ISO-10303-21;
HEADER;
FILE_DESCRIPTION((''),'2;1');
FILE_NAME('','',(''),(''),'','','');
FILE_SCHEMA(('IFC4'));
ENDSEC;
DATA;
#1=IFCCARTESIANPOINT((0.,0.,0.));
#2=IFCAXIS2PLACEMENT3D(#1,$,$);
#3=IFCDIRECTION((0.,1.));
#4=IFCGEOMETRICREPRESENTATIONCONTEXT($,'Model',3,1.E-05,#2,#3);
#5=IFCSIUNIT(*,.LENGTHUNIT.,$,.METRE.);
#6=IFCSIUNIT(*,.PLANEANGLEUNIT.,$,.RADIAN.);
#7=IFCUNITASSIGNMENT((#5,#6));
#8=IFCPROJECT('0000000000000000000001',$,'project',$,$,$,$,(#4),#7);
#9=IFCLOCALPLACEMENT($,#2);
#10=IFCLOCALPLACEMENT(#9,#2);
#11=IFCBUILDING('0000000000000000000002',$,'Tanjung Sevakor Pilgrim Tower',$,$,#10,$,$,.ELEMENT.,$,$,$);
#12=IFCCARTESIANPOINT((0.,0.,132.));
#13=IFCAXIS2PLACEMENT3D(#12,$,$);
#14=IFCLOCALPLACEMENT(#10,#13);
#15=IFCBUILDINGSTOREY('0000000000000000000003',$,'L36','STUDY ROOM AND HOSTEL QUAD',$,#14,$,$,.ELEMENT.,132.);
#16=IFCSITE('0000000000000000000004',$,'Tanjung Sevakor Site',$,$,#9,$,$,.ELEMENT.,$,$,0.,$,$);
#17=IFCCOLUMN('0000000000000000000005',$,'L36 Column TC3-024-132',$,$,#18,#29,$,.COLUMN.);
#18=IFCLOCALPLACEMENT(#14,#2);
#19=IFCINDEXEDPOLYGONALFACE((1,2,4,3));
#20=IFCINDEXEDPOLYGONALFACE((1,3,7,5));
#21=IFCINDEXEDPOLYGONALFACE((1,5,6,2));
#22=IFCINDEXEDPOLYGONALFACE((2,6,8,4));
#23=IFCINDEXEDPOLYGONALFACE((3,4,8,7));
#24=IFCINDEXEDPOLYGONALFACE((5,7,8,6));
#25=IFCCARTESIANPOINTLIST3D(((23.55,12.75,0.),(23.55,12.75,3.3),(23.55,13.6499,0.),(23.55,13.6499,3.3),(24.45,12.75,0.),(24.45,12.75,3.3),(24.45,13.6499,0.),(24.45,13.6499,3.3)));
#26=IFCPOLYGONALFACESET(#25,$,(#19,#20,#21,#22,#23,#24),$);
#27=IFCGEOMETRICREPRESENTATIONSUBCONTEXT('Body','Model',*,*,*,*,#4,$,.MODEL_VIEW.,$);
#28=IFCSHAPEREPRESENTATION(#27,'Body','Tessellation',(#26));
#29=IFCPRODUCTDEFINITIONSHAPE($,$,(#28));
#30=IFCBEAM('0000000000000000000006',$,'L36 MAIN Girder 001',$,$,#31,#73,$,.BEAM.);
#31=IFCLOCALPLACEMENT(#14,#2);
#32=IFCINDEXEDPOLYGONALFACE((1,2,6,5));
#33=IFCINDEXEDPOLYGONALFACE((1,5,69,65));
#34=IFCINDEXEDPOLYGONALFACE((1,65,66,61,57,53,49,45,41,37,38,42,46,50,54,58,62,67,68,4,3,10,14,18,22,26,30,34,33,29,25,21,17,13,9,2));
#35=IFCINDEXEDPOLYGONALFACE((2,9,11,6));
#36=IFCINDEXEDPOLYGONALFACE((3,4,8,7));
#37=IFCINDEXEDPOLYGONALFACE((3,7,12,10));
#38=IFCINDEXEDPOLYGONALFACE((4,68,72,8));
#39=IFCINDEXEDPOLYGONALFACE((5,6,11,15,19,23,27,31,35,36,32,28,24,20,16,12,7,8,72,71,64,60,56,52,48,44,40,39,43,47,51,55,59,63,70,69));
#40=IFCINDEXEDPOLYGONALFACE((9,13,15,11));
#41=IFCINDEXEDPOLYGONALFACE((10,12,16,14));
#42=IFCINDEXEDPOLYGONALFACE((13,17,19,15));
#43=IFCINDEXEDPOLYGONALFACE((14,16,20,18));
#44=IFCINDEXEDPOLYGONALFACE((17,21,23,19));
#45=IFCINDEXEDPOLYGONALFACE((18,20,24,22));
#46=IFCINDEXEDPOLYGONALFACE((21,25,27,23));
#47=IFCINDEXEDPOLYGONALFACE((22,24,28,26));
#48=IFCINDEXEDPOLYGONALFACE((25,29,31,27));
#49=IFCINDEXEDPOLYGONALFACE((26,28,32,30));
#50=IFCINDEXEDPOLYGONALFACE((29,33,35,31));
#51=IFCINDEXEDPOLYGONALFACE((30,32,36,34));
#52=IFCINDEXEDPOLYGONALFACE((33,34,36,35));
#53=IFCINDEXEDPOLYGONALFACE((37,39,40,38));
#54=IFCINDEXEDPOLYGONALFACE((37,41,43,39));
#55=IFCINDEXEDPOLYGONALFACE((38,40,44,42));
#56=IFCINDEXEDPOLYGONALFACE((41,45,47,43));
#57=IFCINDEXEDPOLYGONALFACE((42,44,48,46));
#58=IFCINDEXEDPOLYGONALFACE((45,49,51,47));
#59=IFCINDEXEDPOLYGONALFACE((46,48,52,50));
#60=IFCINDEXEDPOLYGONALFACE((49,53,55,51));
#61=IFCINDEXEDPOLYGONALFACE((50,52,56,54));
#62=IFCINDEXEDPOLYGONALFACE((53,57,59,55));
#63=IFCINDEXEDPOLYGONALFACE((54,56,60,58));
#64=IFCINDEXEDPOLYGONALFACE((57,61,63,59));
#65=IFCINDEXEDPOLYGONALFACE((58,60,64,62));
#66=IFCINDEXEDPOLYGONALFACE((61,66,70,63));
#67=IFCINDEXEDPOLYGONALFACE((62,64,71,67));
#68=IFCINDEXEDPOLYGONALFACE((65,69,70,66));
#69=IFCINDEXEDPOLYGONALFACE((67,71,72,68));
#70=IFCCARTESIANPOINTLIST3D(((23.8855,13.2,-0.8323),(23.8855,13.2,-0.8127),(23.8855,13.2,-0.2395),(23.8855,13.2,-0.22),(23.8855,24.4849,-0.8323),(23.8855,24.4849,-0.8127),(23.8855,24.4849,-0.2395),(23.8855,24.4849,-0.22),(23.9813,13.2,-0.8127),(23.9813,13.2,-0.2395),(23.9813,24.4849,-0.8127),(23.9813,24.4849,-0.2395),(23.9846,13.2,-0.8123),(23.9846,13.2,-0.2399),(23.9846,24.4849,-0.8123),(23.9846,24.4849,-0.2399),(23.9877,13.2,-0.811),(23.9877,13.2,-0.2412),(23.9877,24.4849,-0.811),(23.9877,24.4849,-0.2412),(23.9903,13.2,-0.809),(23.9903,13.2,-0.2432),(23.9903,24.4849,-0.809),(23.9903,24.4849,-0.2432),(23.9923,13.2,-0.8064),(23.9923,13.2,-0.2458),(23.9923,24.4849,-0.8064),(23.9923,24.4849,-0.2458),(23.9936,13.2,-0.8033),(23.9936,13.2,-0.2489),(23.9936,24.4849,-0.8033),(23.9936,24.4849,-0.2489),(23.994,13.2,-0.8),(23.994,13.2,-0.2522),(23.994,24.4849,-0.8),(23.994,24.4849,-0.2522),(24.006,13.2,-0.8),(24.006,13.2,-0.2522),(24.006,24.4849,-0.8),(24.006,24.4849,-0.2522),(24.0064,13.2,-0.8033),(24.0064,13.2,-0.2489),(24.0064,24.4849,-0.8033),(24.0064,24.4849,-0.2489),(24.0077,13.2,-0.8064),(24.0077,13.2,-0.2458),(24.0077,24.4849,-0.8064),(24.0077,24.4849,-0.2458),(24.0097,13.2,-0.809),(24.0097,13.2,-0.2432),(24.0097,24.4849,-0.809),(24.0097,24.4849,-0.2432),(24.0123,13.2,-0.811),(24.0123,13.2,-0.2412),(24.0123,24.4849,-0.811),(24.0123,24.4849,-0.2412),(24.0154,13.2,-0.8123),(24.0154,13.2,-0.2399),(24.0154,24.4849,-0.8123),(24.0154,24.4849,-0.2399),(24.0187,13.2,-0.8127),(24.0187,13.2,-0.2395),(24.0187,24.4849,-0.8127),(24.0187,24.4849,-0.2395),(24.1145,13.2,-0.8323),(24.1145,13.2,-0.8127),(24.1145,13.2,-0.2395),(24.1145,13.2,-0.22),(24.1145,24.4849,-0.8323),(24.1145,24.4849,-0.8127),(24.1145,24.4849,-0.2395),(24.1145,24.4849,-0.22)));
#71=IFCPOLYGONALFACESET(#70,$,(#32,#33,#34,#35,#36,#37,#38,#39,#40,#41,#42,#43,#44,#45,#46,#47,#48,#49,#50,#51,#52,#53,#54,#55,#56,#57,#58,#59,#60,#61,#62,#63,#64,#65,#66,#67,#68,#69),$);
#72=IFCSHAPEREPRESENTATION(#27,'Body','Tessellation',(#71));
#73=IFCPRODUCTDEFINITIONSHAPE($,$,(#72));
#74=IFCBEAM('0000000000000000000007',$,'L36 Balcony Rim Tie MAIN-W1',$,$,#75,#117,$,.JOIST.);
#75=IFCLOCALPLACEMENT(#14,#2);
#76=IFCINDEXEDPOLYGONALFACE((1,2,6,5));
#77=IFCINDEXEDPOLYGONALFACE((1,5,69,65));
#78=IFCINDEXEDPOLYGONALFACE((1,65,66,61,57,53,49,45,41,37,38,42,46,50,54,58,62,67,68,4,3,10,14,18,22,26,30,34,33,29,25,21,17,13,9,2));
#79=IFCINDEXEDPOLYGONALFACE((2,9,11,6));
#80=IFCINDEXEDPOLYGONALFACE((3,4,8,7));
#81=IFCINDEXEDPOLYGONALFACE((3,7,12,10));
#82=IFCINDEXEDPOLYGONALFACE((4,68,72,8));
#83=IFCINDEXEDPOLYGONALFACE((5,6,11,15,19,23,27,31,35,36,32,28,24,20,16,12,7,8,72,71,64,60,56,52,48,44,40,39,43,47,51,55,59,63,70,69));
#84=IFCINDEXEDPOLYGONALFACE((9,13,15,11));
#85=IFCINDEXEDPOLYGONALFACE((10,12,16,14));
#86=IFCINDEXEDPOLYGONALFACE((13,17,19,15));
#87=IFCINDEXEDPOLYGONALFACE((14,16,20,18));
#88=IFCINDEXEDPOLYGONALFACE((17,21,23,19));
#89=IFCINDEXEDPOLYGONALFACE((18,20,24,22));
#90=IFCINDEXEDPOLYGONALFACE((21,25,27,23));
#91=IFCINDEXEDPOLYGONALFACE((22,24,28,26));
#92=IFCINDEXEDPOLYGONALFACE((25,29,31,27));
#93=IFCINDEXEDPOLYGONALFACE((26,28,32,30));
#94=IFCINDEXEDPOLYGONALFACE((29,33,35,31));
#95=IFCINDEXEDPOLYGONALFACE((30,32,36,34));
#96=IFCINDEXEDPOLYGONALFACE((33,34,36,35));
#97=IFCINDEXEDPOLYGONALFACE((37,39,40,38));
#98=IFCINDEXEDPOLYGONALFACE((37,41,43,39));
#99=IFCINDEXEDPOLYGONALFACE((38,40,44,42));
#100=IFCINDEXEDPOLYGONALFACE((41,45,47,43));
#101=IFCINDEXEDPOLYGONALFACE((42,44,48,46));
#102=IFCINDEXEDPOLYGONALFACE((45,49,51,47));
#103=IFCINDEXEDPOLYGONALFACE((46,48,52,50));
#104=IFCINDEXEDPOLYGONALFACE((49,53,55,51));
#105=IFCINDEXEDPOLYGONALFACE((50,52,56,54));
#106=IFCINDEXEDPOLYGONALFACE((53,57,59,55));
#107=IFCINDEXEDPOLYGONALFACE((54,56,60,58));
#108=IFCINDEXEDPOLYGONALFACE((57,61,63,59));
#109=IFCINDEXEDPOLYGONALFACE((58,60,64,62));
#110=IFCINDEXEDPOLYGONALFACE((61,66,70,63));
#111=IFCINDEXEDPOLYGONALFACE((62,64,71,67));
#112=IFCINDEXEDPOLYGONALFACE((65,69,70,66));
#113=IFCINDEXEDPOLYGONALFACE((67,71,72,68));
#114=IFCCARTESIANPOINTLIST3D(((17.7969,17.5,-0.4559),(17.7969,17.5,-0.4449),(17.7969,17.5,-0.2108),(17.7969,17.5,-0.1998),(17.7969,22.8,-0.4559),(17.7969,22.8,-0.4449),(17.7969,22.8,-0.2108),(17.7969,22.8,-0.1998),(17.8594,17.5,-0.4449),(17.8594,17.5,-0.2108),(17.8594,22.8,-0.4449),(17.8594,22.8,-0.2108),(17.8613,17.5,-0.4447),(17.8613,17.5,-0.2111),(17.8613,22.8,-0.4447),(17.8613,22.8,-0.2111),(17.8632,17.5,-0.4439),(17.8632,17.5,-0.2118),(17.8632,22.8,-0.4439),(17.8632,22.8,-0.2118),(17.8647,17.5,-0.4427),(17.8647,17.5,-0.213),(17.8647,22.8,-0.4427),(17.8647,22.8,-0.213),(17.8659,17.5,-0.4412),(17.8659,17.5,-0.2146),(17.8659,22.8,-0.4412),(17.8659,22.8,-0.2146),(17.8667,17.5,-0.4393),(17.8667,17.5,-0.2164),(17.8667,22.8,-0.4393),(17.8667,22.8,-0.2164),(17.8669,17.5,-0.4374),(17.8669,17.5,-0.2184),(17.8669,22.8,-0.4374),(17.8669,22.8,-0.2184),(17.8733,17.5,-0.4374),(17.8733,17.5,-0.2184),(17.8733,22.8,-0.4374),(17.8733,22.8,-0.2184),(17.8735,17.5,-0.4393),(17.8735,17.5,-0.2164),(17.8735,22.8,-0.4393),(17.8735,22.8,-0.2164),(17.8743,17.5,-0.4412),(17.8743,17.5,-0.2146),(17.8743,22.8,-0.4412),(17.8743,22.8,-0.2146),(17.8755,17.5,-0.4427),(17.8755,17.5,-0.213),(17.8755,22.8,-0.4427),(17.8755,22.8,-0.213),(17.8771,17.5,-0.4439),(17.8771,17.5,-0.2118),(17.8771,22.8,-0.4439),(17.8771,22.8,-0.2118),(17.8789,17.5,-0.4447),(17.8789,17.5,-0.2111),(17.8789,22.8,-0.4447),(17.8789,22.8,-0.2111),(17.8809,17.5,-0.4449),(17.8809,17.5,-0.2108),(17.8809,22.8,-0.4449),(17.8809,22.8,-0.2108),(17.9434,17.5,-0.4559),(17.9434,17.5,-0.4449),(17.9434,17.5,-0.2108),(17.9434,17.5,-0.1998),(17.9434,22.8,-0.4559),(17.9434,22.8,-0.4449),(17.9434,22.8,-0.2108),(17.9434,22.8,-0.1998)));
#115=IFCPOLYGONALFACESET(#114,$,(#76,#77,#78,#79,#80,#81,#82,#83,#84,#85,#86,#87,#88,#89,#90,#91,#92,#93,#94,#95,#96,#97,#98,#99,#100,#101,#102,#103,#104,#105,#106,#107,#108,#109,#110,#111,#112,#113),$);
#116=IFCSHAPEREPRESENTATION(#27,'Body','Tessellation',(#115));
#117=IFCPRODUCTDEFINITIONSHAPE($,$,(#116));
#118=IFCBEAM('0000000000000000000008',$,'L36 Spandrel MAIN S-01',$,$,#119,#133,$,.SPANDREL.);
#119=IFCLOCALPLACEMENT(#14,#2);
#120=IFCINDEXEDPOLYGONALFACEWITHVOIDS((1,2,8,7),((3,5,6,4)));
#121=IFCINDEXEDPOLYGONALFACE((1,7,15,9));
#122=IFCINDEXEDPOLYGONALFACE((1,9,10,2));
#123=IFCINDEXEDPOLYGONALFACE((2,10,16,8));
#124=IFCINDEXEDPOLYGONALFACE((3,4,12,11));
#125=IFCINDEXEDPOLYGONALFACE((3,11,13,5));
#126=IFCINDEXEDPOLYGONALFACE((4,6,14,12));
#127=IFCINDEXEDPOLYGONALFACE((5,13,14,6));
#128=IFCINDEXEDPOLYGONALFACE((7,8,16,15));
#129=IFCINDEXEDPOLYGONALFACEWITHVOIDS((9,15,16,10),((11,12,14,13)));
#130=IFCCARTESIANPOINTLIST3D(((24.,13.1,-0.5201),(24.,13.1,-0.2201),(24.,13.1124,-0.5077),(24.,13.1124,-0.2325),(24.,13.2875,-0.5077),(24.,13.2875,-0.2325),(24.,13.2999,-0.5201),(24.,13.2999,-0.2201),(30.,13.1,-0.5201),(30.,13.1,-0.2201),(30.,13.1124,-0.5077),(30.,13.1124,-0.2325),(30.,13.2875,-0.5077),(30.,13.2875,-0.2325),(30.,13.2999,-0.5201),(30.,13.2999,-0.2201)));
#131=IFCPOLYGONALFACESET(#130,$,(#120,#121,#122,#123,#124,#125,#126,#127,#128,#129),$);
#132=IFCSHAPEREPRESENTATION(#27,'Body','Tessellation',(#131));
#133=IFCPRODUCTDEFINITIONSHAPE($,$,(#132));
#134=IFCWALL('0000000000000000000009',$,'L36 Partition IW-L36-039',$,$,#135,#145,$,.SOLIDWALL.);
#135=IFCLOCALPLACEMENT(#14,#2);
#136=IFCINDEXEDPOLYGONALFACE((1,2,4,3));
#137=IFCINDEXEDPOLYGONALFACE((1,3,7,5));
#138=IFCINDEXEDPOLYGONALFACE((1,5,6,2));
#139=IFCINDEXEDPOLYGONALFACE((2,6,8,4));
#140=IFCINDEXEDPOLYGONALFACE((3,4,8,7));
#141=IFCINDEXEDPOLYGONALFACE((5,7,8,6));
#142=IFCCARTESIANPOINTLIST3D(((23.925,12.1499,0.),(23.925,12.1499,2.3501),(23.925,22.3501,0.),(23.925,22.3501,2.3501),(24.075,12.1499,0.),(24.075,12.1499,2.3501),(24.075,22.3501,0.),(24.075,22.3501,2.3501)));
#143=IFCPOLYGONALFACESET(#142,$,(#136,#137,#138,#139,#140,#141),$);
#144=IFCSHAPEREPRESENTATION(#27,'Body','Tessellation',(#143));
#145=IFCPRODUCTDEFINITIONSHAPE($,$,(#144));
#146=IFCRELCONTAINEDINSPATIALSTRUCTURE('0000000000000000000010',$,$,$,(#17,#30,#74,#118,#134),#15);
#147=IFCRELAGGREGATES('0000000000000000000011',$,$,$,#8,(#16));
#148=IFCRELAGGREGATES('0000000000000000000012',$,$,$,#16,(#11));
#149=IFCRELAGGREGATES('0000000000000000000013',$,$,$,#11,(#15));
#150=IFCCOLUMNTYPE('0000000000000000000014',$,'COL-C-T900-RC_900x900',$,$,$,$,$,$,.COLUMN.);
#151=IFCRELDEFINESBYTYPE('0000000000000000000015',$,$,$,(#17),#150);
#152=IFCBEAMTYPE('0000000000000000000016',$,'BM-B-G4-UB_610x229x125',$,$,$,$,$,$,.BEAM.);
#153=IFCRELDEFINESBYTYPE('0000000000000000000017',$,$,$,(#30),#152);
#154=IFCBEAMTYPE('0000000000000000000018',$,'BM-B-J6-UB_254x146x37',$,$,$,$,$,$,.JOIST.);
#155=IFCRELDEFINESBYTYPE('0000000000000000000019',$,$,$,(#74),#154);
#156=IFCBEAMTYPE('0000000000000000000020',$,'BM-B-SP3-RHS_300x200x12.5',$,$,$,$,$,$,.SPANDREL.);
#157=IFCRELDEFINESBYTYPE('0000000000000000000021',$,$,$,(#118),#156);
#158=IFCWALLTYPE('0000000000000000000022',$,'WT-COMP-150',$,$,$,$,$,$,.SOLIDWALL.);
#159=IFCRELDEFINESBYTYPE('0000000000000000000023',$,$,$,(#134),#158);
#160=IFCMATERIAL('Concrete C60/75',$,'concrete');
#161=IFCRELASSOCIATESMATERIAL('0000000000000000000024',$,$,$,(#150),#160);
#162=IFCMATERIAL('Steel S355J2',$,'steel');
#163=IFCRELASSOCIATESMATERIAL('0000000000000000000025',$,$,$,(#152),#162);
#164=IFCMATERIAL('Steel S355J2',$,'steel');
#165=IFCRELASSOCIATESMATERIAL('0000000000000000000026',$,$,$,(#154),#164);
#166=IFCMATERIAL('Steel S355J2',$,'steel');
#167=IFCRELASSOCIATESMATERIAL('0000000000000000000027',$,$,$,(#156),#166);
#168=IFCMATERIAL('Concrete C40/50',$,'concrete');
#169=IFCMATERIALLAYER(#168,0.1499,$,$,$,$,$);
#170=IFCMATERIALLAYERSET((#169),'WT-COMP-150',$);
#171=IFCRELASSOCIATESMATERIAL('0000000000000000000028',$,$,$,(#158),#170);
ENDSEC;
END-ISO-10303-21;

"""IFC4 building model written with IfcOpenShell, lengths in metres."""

from ifc_helpers import new_model, si_unit, direction, frame, frame_2d, origin, origin_2d, place, context, subcontext, project, spatial, rectangle, hollow_rectangle, i_section, extrude, material, layer, layer_set, material_profile, profile_set, type_object, element, save


model = new_model("IFC4")

# Units and contexts
model_context = context("Model", 3, precision=1e-05, world=origin(), true_north=direction((0.0, 1.0)))
body_context = subcontext(model_context, "Body", "Model", "MODEL_VIEW")
ifc_project = project(units=[si_unit("LENGTHUNIT", "METRE"), si_unit("PLANEANGLEUNIT", "RADIAN")], contexts=[model_context])

# Site, building, storey
site_placement = place(None, origin())
site = spatial("IfcSite", under=ifc_project, at=site_placement, Name="Tanjung Sevakor Site", CompositionType="ELEMENT", RefElevation=0.0)
building_placement = place(site_placement, origin())
building = spatial("IfcBuilding", under=site, at=building_placement, Name="Tanjung Sevakor Pilgrim Tower", CompositionType="ELEMENT")
storey_placement = place(building_placement, frame((0.0, 0.0, 132.0)))
storey = spatial("IfcBuildingStorey", under=building, at=storey_placement, Name="L36", Description="STUDY ROOM AND HOSTEL QUAD", CompositionType="ELEMENT", Elevation=132.0)

# Column
ifc_material_1 = material(Name="Concrete C60/75", Category="concrete")
ifc_material_profile_1 = material_profile(ifc_material_1, rectangle(XDim=0.8999, YDim=0.8999, at=origin_2d()))
ifc_profile_set_1 = profile_set([ifc_material_profile_1], Name="Concrete C60/75")
column_type = type_object("IfcColumnType", Name="COL-C-T900-RC_900x900", PredefinedType="COLUMN", material=ifc_profile_set_1)
column_placement = place(storey_placement, frame((24.0, 13.2, 0.0), z_axis=(0.0, 0.0, 1.0), x_axis=(1.0, 0.0, 0.0)))
element("IfcColumn", 1, at=column_placement, inside=storey, type_object=column_type, Name="L36 Column TC3-024-132", PredefinedType="COLUMN", context=body_context, shape_type="SweptSolid", body=[
    extrude(rectangle(XDim=0.8999, YDim=0.8999, at=origin_2d()), origin(), (0.0, 0.0, 1.0), 3.3),
])

# Beams
ifc_material_2 = material(Name="Steel S355J2", Category="steel")
ifc_material_profile_2 = material_profile(ifc_material_2, i_section(OverallWidth=0.229, OverallDepth=0.6123, WebThickness=0.012, FlangeThickness=0.0195, FilletRadius=0.0127, at=origin_2d()))
ifc_profile_set_2 = profile_set([ifc_material_profile_2], Name="Steel S355J2")
beam_type_1 = type_object("IfcBeamType", Name="BM-B-G4-UB_610x229x125", PredefinedType="BEAM", material=ifc_profile_set_2)
beam_1_placement = place(storey_placement, frame((24.0, 13.2, -0.5261), z_axis=(0.0, 1.0, 0.0), x_axis=(-1.0, 0.0, 0.0)))
element("IfcBeam", 2, at=beam_1_placement, inside=storey, type_object=beam_type_1, Name="L36 MAIN Girder 001", PredefinedType="BEAM", context=body_context, shape_type="SweptSolid", body=[
    extrude(i_section(OverallWidth=0.229, OverallDepth=0.6123, WebThickness=0.012, FlangeThickness=0.0195, FilletRadius=0.0127, at=origin_2d()), origin(), (0.0, 0.0, 1.0), 11.2849),
])
ifc_material_3 = material(Name="Steel S355J2", Category="steel")
ifc_material_profile_3 = material_profile(ifc_material_3, i_section(OverallWidth=0.1465, OverallDepth=0.2561, WebThickness=0.0063, FlangeThickness=0.011, FilletRadius=0.0076, at=origin_2d()))
ifc_profile_set_3 = profile_set([ifc_material_profile_3], Name="Steel S355J2")
beam_type_2 = type_object("IfcBeamType", Name="BM-B-J6-UB_254x146x37", PredefinedType="JOIST", material=ifc_profile_set_3)
beam_2_placement = place(storey_placement, frame((17.8701, 17.5, -0.3279), z_axis=(0.0, 1.0, 0.0), x_axis=(-1.0, 0.0, 0.0)))
element("IfcBeam", 3, at=beam_2_placement, inside=storey, type_object=beam_type_2, Name="L36 Balcony Rim Tie MAIN-W1", PredefinedType="JOIST", context=body_context, shape_type="SweptSolid", body=[
    extrude(i_section(OverallWidth=0.1465, OverallDepth=0.2561, WebThickness=0.0063, FlangeThickness=0.011, FilletRadius=0.0076, at=origin_2d()), origin(), (0.0, 0.0, 1.0), 5.3),
])
ifc_material_4 = material(Name="Steel S355J2", Category="steel")
ifc_material_profile_4 = material_profile(ifc_material_4, hollow_rectangle(XDim=0.2, YDim=0.3, WallThickness=0.0125, at=origin_2d()))
ifc_profile_set_4 = profile_set([ifc_material_profile_4], Name="Steel S355J2")
beam_type_3 = type_object("IfcBeamType", Name="BM-B-SP3-RHS_300x200x12.5", PredefinedType="SPANDREL", material=ifc_profile_set_4)
beam_3_placement = place(storey_placement, frame((24.0, 13.2, -0.3701), z_axis=(1.0, 0.0, 0.0), x_axis=(0.0, 1.0, 0.0)))
element("IfcBeam", 4, at=beam_3_placement, inside=storey, type_object=beam_type_3, Name="L36 Spandrel MAIN S-01", PredefinedType="SPANDREL", context=body_context, shape_type="SweptSolid", body=[
    extrude(hollow_rectangle(XDim=0.2, YDim=0.3, WallThickness=0.0125, at=origin_2d()), origin(), (0.0, 0.0, 1.0), 6.0),
])

# Wall
ifc_material_5 = material(Name="Concrete C40/50", Category="concrete")
ifc_layer_1 = layer(ifc_material_5, 0.1499)
ifc_layer_set_1 = layer_set([ifc_layer_1], Name="WT-COMP-150")
wall_type_1 = type_object("IfcWallType", Name="WT-COMP-150", PredefinedType="SOLIDWALL", material=ifc_layer_set_1)
wall_1_placement = place(storey_placement, frame((24.0, 12.1499, 0.0), z_axis=(0.0, 0.0, 1.0), x_axis=(0.0, 1.0, 0.0)))
element("IfcWall", 5, at=wall_1_placement, inside=storey, type_object=wall_type_1, Name="L36 Partition IW-L36-039", PredefinedType="SOLIDWALL", context=body_context, shape_type="SweptSolid", body=[
    extrude(rectangle(XDim=10.2002, YDim=0.1499, at=frame_2d((5.1001, 0.0))), origin(), (0.0, 0.0, 1.0), 2.3501),
])

save(model, "model.ifc")
